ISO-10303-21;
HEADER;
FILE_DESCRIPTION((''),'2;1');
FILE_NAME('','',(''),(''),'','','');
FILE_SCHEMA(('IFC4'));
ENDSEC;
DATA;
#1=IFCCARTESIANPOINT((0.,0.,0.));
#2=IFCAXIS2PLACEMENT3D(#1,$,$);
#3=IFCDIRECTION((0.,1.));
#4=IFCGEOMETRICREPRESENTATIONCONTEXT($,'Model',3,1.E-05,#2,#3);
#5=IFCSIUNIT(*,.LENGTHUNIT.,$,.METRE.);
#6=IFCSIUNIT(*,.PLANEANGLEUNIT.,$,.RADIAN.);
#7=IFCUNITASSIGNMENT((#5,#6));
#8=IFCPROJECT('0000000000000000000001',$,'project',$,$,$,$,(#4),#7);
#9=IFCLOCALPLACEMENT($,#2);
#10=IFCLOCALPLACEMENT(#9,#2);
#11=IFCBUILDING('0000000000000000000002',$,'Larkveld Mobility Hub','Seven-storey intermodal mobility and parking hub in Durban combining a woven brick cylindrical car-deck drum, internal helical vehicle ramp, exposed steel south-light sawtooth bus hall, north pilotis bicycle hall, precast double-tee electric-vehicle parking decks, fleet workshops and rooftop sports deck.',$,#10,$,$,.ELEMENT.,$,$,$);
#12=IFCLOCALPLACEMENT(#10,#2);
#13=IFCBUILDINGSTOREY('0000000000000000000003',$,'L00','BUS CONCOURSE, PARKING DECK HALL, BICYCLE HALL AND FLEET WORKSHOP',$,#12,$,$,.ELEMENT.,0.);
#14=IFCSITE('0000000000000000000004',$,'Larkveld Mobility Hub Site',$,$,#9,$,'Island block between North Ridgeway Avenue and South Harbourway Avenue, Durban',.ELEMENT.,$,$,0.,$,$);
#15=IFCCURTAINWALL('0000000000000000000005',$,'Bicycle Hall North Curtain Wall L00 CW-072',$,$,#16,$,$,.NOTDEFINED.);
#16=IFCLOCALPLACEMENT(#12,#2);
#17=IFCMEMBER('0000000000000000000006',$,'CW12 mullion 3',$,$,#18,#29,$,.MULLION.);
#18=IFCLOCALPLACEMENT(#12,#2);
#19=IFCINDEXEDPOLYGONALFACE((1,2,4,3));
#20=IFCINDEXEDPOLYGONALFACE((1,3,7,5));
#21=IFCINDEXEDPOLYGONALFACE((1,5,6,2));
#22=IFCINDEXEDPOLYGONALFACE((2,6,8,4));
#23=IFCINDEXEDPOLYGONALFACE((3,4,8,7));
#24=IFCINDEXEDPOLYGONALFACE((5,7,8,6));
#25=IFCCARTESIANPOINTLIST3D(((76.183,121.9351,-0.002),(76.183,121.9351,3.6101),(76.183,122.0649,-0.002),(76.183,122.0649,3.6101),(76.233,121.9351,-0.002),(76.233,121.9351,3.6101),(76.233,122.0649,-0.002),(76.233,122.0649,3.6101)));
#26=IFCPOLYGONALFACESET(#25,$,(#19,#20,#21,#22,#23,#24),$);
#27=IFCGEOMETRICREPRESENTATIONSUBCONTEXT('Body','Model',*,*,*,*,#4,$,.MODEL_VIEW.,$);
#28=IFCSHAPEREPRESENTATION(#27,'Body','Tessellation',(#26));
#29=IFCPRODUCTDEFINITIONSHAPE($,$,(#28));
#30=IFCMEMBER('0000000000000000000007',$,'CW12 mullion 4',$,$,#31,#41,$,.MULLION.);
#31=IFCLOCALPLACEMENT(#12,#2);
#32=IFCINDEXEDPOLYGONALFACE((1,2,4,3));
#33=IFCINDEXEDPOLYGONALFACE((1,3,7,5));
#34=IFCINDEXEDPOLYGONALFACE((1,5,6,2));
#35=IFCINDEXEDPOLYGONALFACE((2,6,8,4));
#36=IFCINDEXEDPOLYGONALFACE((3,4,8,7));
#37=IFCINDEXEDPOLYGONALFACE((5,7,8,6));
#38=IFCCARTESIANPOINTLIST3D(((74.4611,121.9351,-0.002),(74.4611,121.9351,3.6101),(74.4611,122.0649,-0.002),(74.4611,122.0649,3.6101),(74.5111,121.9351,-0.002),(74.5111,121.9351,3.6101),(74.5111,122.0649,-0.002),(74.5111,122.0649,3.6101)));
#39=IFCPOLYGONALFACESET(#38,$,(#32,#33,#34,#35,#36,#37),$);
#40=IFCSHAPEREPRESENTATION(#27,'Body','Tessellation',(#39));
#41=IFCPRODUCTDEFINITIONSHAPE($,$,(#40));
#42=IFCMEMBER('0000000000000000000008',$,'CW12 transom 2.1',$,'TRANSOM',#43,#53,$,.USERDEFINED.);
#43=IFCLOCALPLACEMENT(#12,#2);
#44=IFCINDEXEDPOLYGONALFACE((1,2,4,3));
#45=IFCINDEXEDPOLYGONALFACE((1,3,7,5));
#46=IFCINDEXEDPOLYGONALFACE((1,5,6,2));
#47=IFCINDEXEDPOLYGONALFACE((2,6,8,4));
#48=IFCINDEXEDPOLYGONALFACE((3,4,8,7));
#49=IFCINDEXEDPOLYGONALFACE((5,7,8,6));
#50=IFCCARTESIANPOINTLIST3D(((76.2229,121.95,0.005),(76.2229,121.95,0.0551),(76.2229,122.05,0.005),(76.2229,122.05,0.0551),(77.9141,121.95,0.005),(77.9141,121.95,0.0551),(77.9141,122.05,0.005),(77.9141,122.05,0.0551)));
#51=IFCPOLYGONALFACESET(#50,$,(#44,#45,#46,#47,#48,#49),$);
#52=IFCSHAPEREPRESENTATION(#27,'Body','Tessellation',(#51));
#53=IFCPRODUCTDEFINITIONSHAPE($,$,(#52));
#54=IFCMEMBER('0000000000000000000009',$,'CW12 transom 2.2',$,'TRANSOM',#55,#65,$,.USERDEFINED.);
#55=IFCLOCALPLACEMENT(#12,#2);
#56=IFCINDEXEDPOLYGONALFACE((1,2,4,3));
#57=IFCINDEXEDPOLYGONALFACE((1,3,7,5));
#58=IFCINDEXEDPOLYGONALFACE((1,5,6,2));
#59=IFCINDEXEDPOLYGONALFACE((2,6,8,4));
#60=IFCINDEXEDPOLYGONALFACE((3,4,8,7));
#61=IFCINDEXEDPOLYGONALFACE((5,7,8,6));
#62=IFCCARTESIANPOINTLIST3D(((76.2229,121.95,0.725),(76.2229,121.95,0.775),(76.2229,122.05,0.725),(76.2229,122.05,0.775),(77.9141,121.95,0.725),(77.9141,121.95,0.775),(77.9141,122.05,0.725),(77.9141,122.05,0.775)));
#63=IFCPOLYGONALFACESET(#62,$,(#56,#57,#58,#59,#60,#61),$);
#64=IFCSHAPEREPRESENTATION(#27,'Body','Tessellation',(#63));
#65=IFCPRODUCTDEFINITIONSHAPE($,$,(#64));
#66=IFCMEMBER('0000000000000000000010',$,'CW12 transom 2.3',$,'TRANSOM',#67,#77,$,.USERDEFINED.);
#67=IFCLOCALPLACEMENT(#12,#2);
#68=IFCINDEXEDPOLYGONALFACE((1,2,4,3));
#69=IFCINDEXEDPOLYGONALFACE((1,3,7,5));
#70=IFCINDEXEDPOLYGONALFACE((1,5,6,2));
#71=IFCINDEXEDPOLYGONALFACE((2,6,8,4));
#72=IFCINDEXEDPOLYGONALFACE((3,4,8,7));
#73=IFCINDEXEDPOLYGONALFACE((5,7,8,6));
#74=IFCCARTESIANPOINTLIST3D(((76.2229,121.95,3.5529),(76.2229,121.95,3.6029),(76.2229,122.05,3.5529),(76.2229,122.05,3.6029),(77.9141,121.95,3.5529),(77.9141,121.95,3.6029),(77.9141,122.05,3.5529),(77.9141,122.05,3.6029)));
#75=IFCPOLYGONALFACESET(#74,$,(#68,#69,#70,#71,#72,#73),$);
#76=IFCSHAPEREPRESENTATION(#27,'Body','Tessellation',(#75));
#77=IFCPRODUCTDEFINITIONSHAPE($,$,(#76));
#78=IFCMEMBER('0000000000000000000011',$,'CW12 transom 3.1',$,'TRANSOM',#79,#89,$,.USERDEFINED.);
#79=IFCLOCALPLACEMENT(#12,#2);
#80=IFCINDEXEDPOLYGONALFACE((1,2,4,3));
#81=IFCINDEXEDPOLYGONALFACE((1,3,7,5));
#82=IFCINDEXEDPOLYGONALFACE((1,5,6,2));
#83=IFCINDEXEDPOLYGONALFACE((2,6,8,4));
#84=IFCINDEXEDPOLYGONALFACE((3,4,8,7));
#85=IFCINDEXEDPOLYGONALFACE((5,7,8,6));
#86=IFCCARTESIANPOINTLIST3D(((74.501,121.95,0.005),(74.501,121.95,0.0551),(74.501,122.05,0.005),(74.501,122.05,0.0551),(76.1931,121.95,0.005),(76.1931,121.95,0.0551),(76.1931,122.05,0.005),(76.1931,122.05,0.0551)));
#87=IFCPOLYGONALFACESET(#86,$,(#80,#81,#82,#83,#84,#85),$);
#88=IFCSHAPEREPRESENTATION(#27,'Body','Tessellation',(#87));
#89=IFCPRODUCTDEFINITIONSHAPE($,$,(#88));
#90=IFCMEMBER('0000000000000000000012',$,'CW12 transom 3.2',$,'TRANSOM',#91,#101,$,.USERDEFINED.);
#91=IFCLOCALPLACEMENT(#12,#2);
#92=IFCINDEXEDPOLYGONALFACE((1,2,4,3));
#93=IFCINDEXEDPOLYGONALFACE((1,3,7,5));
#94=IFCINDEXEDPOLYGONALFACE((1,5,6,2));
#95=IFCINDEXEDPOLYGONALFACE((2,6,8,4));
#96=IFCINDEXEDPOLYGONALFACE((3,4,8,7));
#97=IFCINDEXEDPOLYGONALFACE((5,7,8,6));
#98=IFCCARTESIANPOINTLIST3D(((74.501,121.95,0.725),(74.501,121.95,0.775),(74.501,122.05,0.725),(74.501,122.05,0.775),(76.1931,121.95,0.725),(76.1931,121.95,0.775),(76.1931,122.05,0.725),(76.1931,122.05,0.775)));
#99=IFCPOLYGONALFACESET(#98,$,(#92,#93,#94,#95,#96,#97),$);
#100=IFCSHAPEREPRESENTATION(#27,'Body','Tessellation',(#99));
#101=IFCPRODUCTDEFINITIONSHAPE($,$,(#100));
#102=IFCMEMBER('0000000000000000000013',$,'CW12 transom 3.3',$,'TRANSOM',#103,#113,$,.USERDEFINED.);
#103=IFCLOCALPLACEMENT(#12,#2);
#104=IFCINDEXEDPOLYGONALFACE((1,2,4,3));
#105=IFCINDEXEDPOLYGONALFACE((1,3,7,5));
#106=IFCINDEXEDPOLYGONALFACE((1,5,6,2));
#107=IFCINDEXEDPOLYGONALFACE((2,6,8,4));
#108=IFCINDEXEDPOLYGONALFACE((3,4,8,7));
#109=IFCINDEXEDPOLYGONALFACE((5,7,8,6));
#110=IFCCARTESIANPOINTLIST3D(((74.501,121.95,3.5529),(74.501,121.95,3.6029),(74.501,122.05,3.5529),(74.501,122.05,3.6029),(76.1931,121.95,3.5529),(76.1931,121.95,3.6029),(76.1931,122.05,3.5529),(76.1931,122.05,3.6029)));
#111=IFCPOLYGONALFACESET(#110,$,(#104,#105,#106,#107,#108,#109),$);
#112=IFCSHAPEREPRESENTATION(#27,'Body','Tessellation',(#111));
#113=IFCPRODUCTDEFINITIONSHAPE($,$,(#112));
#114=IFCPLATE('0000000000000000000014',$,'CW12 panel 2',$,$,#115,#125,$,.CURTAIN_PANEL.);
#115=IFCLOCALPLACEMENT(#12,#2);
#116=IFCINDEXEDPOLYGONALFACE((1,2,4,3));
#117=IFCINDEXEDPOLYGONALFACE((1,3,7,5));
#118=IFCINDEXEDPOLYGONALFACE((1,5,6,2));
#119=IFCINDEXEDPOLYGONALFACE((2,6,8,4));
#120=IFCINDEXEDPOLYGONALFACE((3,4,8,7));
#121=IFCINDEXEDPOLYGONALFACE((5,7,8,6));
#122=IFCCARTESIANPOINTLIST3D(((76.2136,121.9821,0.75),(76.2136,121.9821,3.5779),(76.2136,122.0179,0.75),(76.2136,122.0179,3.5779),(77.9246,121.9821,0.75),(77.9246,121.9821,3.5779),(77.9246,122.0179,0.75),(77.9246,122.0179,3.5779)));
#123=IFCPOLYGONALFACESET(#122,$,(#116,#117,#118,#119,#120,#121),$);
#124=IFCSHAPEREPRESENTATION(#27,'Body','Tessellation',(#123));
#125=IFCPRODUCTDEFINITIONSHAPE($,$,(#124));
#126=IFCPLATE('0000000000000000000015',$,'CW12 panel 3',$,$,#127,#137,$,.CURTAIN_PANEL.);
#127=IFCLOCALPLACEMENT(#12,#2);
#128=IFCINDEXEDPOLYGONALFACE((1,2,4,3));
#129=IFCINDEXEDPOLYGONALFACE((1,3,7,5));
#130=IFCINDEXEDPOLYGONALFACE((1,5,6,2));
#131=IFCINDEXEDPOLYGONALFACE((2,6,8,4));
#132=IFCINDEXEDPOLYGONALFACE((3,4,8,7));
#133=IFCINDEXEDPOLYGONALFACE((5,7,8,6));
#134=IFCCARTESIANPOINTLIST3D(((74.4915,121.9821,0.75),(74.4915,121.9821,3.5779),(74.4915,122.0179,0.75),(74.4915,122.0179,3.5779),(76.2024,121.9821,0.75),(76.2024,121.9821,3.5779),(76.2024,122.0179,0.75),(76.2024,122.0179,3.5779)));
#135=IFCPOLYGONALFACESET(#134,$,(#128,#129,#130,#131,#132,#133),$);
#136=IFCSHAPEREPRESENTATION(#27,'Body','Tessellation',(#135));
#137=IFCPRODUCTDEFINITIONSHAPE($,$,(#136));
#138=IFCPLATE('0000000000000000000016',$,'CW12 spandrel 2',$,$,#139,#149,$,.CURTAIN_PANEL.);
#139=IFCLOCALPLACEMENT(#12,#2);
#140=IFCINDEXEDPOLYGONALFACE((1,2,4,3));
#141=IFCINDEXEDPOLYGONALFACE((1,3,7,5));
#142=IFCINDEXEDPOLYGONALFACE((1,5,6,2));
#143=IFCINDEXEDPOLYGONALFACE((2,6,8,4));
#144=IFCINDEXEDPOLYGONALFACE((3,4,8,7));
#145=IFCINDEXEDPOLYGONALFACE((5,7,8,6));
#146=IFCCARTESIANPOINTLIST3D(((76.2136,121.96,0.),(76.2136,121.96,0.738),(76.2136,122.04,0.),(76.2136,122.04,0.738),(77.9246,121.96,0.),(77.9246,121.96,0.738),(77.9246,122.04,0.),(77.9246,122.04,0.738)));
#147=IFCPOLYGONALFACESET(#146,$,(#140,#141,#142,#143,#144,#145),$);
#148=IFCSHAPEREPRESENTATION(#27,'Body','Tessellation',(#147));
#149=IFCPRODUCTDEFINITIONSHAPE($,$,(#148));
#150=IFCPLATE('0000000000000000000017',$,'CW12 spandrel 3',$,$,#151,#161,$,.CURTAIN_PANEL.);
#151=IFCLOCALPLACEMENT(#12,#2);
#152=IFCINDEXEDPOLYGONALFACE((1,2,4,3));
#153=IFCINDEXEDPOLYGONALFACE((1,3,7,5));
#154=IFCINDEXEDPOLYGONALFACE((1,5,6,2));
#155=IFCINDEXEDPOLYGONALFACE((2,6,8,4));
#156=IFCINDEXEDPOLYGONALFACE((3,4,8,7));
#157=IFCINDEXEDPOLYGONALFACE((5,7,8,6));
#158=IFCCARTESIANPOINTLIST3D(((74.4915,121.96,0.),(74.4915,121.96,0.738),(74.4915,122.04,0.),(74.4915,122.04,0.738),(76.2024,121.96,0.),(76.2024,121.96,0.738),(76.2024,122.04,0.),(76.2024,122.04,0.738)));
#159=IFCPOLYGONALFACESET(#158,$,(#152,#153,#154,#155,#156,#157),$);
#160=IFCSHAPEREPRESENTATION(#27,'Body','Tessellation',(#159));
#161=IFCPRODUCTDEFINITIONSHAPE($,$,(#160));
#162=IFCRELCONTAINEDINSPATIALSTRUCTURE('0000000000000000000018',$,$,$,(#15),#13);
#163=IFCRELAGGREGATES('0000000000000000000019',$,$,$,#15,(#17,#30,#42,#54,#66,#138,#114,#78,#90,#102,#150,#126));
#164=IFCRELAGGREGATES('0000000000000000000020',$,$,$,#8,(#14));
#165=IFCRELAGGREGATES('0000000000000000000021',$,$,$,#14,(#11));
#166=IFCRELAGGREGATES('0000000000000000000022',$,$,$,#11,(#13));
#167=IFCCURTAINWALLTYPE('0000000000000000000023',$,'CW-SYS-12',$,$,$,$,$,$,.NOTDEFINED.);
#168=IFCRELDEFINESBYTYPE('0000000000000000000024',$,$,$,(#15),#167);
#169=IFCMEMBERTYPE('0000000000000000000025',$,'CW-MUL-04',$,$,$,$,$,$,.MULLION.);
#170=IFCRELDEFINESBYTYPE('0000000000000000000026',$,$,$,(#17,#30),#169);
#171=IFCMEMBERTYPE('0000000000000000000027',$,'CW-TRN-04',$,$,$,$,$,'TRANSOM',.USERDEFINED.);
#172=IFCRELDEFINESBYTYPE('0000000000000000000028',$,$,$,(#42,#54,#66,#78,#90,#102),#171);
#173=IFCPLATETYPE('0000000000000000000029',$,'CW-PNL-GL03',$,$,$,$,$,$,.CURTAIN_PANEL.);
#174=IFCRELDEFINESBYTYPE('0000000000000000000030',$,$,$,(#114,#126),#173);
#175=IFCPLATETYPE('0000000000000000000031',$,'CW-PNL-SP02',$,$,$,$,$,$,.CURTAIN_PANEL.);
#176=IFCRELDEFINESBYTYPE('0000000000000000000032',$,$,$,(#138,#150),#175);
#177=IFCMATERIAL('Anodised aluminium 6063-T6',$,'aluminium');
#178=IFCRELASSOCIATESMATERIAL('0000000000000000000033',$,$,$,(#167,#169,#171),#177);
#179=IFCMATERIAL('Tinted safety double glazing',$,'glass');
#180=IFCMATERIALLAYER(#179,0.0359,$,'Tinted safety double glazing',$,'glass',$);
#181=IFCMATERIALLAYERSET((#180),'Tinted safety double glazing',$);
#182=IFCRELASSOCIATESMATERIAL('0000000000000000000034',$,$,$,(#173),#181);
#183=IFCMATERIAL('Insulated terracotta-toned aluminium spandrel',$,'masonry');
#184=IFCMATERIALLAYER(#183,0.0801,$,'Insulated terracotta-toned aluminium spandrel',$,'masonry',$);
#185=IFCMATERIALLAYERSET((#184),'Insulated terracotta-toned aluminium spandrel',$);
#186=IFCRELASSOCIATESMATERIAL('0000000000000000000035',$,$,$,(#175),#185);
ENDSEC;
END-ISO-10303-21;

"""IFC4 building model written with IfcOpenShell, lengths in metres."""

from ifc_helpers import new_model, si_unit, direction, frame, origin, origin_2d, place, context, subcontext, project, spatial, rectangle, extrude, material, layer, layer_set, material_profile, profile_set, type_object, element, aggregate, save


model = new_model("IFC4")

# Units and contexts
model_context = context("Model", 3, precision=1e-05, world=origin(), true_north=direction((0.0, 1.0)))
body_context = subcontext(model_context, "Body", "Model", "MODEL_VIEW")
ifc_project = project(units=[si_unit("LENGTHUNIT", "METRE"), si_unit("PLANEANGLEUNIT", "RADIAN")], contexts=[model_context])

# Site, building, storey
site_placement = place(None, origin())
site = spatial("IfcSite", under=ifc_project, at=site_placement, Name="Larkveld Mobility Hub Site", LongName="Island block between North Ridgeway Avenue and South Harbourway Avenue, Durban", CompositionType="ELEMENT", RefElevation=0.0)
building_placement = place(site_placement, origin())
building = spatial("IfcBuilding", under=site, at=building_placement, Name="Larkveld Mobility Hub", Description="Seven-storey intermodal mobility and parking hub in Durban combining a woven brick cylindrical car-deck drum, internal helical vehicle ramp, exposed steel south-light sawtooth bus hall, north pilotis bicycle hall, precast double-tee electric-vehicle parking decks, fleet workshops and rooftop sports deck.", CompositionType="ELEMENT")
storey_placement = place(building_placement, origin())
storey = spatial("IfcBuildingStorey", under=building, at=storey_placement, Name="L00", Description="BUS CONCOURSE, PARKING DECK HALL, BICYCLE HALL AND FLEET WORKSHOP", CompositionType="ELEMENT", Elevation=0.0)

# Curtain wall, members, plates
ifc_material_1 = material(Name="Anodised aluminium 6063-T6", Category="aluminium")
curtain_wall_type = type_object("IfcCurtainWallType", Name="CW-SYS-12", PredefinedType="NOTDEFINED", material=ifc_material_1)
curtain_wall_placement = place(storey_placement, origin())
curtain_wall = element("IfcCurtainWall", 1, at=curtain_wall_placement, inside=storey, type_object=curtain_wall_type, Name="Bicycle Hall North Curtain Wall L00 CW-072", PredefinedType="NOTDEFINED")
ifc_material_profile_1 = material_profile(ifc_material_1, rectangle(XDim=0.05, YDim=0.1299, at=origin_2d()), Name="ALU MULL 50x130")
ifc_profile_set_1 = profile_set([ifc_material_profile_1], Name="Anodised aluminium 6063-T6")
member_type_1 = type_object("IfcMemberType", Name="CW-MUL-04", PredefinedType="MULLION", material=ifc_profile_set_1)
member_1_placement = place(storey_placement, frame((76.208, 122.0, -0.002), z_axis=(0.0, 0.0, 1.0), x_axis=(-1.0, 0.0, 0.0)))
member_1 = element("IfcMember", 2, at=member_1_placement, type_object=member_type_1, Name="CW12 mullion 3", PredefinedType="MULLION", context=body_context, shape_type="SweptSolid", body=[
    extrude(rectangle(XDim=0.05, YDim=0.1299, at=origin_2d()), origin(), (0.0, 0.0, 1.0), 3.6121),
])
member_2_placement = place(storey_placement, frame((74.4861, 122.0, -0.002), z_axis=(0.0, 0.0, 1.0), x_axis=(-1.0, 0.0, 0.0)))
member_2 = element("IfcMember", 3, at=member_2_placement, type_object=member_type_1, Name="CW12 mullion 4", PredefinedType="MULLION", context=body_context, shape_type="SweptSolid", body=[
    extrude(rectangle(XDim=0.05, YDim=0.1299, at=origin_2d()), origin(), (0.0, 0.0, 1.0), 3.6121),
])
ifc_material_profile_2 = material_profile(ifc_material_1, rectangle(XDim=0.1001, YDim=0.05, at=origin_2d()), Name="ALU TRAN 50x100")
ifc_profile_set_2 = profile_set([ifc_material_profile_2], Name="Anodised aluminium 6063-T6")
member_type_2 = type_object("IfcMemberType", Name="CW-TRN-04", ElementType="TRANSOM", PredefinedType="USERDEFINED", material=ifc_profile_set_2)
member_3_placement = place(storey_placement, frame((77.9141, 122.0, 0.03), z_axis=(-1.0, 0.0, 0.0), x_axis=(0.0, -1.0, 0.0)))
member_3 = element("IfcMember", 4, at=member_3_placement, type_object=member_type_2, Name="CW12 transom 2.1", ObjectType="TRANSOM", PredefinedType="USERDEFINED", context=body_context, shape_type="SweptSolid", body=[
    extrude(rectangle(XDim=0.1001, YDim=0.05, at=origin_2d()), origin(), (0.0, 0.0, 1.0), 1.6912),
])
member_4_placement = place(storey_placement, frame((77.9141, 122.0, 0.75), z_axis=(-1.0, 0.0, 0.0), x_axis=(0.0, -1.0, 0.0)))
member_4 = element("IfcMember", 5, at=member_4_placement, type_object=member_type_2, Name="CW12 transom 2.2", ObjectType="TRANSOM", PredefinedType="USERDEFINED", context=body_context, shape_type="SweptSolid", body=[
    extrude(rectangle(XDim=0.1001, YDim=0.05, at=origin_2d()), origin(), (0.0, 0.0, 1.0), 1.6912),
])
member_5_placement = place(storey_placement, frame((77.9141, 122.0, 3.5779), z_axis=(-1.0, 0.0, 0.0), x_axis=(0.0, -1.0, 0.0)))
member_5 = element("IfcMember", 6, at=member_5_placement, type_object=member_type_2, Name="CW12 transom 2.3", ObjectType="TRANSOM", PredefinedType="USERDEFINED", context=body_context, shape_type="SweptSolid", body=[
    extrude(rectangle(XDim=0.1001, YDim=0.05, at=origin_2d()), origin(), (0.0, 0.0, 1.0), 1.6912),
])
member_6_placement = place(storey_placement, frame((76.1931, 122.0, 0.03), z_axis=(-1.0, 0.0, 0.0), x_axis=(0.0, -1.0, 0.0)))
member_6 = element("IfcMember", 7, at=member_6_placement, type_object=member_type_2, Name="CW12 transom 3.1", ObjectType="TRANSOM", PredefinedType="USERDEFINED", context=body_context, shape_type="SweptSolid", body=[
    extrude(rectangle(XDim=0.1001, YDim=0.05, at=origin_2d()), origin(), (0.0, 0.0, 1.0), 1.6921),
])
member_7_placement = place(storey_placement, frame((76.1931, 122.0, 0.75), z_axis=(-1.0, 0.0, 0.0), x_axis=(0.0, -1.0, 0.0)))
member_7 = element("IfcMember", 8, at=member_7_placement, type_object=member_type_2, Name="CW12 transom 3.2", ObjectType="TRANSOM", PredefinedType="USERDEFINED", context=body_context, shape_type="SweptSolid", body=[
    extrude(rectangle(XDim=0.1001, YDim=0.05, at=origin_2d()), origin(), (0.0, 0.0, 1.0), 1.6921),
])
member_8_placement = place(storey_placement, frame((76.1931, 122.0, 3.5779), z_axis=(-1.0, 0.0, 0.0), x_axis=(0.0, -1.0, 0.0)))
member_8 = element("IfcMember", 9, at=member_8_placement, type_object=member_type_2, Name="CW12 transom 3.3", ObjectType="TRANSOM", PredefinedType="USERDEFINED", context=body_context, shape_type="SweptSolid", body=[
    extrude(rectangle(XDim=0.1001, YDim=0.05, at=origin_2d()), origin(), (0.0, 0.0, 1.0), 1.6921),
])
ifc_material_2 = material(Name="Tinted safety double glazing", Category="glass")
ifc_layer_1 = layer(ifc_material_2, 0.0359, Name="Tinted safety double glazing", Category="glass")
ifc_layer_set_1 = layer_set([ifc_layer_1], Name="Tinted safety double glazing")
plate_type_1 = type_object("IfcPlateType", Name="CW-PNL-GL03", PredefinedType="CURTAIN_PANEL", material=ifc_layer_set_1)
plate_1_placement = place(storey_placement, frame((77.0691, 122.0, 0.75), z_axis=(0.0, 0.0, 1.0), x_axis=(-1.0, 0.0, 0.0)))
plate_1 = element("IfcPlate", 10, at=plate_1_placement, type_object=plate_type_1, Name="CW12 panel 2", PredefinedType="CURTAIN_PANEL", context=body_context, shape_type="SweptSolid", body=[
    extrude(rectangle(XDim=1.7109, YDim=0.0359, at=origin_2d()), origin(), (0.0, 0.0, 1.0), 2.8279),
])
plate_2_placement = place(storey_placement, frame((75.3469, 122.0, 0.75), z_axis=(0.0, 0.0, 1.0), x_axis=(-1.0, 0.0, 0.0)))
plate_2 = element("IfcPlate", 11, at=plate_2_placement, type_object=plate_type_1, Name="CW12 panel 3", PredefinedType="CURTAIN_PANEL", context=body_context, shape_type="SweptSolid", body=[
    extrude(rectangle(XDim=1.7109, YDim=0.0359, at=origin_2d()), origin(), (0.0, 0.0, 1.0), 2.8279),
])
ifc_material_3 = material(Name="Insulated terracotta-toned aluminium spandrel", Category="masonry")
ifc_layer_2 = layer(ifc_material_3, 0.0801, Name="Insulated terracotta-toned aluminium spandrel", Category="masonry")
ifc_layer_set_2 = layer_set([ifc_layer_2], Name="Insulated terracotta-toned aluminium spandrel")
plate_type_2 = type_object("IfcPlateType", Name="CW-PNL-SP02", PredefinedType="CURTAIN_PANEL", material=ifc_layer_set_2)
plate_3_placement = place(storey_placement, frame((77.0691, 122.0, 0.0), z_axis=(0.0, 0.0, 1.0), x_axis=(-1.0, 0.0, 0.0)))
plate_3 = element("IfcPlate", 12, at=plate_3_placement, type_object=plate_type_2, Name="CW12 spandrel 2", PredefinedType="CURTAIN_PANEL", context=body_context, shape_type="SweptSolid", body=[
    extrude(rectangle(XDim=1.7109, YDim=0.0801, at=origin_2d()), origin(), (0.0, 0.0, 1.0), 0.738),
])
plate_4_placement = place(storey_placement, frame((75.3469, 122.0, 0.0), z_axis=(0.0, 0.0, 1.0), x_axis=(-1.0, 0.0, 0.0)))
plate_4 = element("IfcPlate", 13, at=plate_4_placement, type_object=plate_type_2, Name="CW12 spandrel 3", PredefinedType="CURTAIN_PANEL", context=body_context, shape_type="SweptSolid", body=[
    extrude(rectangle(XDim=1.7109, YDim=0.0801, at=origin_2d()), origin(), (0.0, 0.0, 1.0), 0.738),
])
aggregate(curtain_wall, [member_1, member_2, member_3, member_4, member_5, plate_3, plate_1, member_6, member_7, member_8, plate_4, plate_2])

save(model, "model.ifc")
